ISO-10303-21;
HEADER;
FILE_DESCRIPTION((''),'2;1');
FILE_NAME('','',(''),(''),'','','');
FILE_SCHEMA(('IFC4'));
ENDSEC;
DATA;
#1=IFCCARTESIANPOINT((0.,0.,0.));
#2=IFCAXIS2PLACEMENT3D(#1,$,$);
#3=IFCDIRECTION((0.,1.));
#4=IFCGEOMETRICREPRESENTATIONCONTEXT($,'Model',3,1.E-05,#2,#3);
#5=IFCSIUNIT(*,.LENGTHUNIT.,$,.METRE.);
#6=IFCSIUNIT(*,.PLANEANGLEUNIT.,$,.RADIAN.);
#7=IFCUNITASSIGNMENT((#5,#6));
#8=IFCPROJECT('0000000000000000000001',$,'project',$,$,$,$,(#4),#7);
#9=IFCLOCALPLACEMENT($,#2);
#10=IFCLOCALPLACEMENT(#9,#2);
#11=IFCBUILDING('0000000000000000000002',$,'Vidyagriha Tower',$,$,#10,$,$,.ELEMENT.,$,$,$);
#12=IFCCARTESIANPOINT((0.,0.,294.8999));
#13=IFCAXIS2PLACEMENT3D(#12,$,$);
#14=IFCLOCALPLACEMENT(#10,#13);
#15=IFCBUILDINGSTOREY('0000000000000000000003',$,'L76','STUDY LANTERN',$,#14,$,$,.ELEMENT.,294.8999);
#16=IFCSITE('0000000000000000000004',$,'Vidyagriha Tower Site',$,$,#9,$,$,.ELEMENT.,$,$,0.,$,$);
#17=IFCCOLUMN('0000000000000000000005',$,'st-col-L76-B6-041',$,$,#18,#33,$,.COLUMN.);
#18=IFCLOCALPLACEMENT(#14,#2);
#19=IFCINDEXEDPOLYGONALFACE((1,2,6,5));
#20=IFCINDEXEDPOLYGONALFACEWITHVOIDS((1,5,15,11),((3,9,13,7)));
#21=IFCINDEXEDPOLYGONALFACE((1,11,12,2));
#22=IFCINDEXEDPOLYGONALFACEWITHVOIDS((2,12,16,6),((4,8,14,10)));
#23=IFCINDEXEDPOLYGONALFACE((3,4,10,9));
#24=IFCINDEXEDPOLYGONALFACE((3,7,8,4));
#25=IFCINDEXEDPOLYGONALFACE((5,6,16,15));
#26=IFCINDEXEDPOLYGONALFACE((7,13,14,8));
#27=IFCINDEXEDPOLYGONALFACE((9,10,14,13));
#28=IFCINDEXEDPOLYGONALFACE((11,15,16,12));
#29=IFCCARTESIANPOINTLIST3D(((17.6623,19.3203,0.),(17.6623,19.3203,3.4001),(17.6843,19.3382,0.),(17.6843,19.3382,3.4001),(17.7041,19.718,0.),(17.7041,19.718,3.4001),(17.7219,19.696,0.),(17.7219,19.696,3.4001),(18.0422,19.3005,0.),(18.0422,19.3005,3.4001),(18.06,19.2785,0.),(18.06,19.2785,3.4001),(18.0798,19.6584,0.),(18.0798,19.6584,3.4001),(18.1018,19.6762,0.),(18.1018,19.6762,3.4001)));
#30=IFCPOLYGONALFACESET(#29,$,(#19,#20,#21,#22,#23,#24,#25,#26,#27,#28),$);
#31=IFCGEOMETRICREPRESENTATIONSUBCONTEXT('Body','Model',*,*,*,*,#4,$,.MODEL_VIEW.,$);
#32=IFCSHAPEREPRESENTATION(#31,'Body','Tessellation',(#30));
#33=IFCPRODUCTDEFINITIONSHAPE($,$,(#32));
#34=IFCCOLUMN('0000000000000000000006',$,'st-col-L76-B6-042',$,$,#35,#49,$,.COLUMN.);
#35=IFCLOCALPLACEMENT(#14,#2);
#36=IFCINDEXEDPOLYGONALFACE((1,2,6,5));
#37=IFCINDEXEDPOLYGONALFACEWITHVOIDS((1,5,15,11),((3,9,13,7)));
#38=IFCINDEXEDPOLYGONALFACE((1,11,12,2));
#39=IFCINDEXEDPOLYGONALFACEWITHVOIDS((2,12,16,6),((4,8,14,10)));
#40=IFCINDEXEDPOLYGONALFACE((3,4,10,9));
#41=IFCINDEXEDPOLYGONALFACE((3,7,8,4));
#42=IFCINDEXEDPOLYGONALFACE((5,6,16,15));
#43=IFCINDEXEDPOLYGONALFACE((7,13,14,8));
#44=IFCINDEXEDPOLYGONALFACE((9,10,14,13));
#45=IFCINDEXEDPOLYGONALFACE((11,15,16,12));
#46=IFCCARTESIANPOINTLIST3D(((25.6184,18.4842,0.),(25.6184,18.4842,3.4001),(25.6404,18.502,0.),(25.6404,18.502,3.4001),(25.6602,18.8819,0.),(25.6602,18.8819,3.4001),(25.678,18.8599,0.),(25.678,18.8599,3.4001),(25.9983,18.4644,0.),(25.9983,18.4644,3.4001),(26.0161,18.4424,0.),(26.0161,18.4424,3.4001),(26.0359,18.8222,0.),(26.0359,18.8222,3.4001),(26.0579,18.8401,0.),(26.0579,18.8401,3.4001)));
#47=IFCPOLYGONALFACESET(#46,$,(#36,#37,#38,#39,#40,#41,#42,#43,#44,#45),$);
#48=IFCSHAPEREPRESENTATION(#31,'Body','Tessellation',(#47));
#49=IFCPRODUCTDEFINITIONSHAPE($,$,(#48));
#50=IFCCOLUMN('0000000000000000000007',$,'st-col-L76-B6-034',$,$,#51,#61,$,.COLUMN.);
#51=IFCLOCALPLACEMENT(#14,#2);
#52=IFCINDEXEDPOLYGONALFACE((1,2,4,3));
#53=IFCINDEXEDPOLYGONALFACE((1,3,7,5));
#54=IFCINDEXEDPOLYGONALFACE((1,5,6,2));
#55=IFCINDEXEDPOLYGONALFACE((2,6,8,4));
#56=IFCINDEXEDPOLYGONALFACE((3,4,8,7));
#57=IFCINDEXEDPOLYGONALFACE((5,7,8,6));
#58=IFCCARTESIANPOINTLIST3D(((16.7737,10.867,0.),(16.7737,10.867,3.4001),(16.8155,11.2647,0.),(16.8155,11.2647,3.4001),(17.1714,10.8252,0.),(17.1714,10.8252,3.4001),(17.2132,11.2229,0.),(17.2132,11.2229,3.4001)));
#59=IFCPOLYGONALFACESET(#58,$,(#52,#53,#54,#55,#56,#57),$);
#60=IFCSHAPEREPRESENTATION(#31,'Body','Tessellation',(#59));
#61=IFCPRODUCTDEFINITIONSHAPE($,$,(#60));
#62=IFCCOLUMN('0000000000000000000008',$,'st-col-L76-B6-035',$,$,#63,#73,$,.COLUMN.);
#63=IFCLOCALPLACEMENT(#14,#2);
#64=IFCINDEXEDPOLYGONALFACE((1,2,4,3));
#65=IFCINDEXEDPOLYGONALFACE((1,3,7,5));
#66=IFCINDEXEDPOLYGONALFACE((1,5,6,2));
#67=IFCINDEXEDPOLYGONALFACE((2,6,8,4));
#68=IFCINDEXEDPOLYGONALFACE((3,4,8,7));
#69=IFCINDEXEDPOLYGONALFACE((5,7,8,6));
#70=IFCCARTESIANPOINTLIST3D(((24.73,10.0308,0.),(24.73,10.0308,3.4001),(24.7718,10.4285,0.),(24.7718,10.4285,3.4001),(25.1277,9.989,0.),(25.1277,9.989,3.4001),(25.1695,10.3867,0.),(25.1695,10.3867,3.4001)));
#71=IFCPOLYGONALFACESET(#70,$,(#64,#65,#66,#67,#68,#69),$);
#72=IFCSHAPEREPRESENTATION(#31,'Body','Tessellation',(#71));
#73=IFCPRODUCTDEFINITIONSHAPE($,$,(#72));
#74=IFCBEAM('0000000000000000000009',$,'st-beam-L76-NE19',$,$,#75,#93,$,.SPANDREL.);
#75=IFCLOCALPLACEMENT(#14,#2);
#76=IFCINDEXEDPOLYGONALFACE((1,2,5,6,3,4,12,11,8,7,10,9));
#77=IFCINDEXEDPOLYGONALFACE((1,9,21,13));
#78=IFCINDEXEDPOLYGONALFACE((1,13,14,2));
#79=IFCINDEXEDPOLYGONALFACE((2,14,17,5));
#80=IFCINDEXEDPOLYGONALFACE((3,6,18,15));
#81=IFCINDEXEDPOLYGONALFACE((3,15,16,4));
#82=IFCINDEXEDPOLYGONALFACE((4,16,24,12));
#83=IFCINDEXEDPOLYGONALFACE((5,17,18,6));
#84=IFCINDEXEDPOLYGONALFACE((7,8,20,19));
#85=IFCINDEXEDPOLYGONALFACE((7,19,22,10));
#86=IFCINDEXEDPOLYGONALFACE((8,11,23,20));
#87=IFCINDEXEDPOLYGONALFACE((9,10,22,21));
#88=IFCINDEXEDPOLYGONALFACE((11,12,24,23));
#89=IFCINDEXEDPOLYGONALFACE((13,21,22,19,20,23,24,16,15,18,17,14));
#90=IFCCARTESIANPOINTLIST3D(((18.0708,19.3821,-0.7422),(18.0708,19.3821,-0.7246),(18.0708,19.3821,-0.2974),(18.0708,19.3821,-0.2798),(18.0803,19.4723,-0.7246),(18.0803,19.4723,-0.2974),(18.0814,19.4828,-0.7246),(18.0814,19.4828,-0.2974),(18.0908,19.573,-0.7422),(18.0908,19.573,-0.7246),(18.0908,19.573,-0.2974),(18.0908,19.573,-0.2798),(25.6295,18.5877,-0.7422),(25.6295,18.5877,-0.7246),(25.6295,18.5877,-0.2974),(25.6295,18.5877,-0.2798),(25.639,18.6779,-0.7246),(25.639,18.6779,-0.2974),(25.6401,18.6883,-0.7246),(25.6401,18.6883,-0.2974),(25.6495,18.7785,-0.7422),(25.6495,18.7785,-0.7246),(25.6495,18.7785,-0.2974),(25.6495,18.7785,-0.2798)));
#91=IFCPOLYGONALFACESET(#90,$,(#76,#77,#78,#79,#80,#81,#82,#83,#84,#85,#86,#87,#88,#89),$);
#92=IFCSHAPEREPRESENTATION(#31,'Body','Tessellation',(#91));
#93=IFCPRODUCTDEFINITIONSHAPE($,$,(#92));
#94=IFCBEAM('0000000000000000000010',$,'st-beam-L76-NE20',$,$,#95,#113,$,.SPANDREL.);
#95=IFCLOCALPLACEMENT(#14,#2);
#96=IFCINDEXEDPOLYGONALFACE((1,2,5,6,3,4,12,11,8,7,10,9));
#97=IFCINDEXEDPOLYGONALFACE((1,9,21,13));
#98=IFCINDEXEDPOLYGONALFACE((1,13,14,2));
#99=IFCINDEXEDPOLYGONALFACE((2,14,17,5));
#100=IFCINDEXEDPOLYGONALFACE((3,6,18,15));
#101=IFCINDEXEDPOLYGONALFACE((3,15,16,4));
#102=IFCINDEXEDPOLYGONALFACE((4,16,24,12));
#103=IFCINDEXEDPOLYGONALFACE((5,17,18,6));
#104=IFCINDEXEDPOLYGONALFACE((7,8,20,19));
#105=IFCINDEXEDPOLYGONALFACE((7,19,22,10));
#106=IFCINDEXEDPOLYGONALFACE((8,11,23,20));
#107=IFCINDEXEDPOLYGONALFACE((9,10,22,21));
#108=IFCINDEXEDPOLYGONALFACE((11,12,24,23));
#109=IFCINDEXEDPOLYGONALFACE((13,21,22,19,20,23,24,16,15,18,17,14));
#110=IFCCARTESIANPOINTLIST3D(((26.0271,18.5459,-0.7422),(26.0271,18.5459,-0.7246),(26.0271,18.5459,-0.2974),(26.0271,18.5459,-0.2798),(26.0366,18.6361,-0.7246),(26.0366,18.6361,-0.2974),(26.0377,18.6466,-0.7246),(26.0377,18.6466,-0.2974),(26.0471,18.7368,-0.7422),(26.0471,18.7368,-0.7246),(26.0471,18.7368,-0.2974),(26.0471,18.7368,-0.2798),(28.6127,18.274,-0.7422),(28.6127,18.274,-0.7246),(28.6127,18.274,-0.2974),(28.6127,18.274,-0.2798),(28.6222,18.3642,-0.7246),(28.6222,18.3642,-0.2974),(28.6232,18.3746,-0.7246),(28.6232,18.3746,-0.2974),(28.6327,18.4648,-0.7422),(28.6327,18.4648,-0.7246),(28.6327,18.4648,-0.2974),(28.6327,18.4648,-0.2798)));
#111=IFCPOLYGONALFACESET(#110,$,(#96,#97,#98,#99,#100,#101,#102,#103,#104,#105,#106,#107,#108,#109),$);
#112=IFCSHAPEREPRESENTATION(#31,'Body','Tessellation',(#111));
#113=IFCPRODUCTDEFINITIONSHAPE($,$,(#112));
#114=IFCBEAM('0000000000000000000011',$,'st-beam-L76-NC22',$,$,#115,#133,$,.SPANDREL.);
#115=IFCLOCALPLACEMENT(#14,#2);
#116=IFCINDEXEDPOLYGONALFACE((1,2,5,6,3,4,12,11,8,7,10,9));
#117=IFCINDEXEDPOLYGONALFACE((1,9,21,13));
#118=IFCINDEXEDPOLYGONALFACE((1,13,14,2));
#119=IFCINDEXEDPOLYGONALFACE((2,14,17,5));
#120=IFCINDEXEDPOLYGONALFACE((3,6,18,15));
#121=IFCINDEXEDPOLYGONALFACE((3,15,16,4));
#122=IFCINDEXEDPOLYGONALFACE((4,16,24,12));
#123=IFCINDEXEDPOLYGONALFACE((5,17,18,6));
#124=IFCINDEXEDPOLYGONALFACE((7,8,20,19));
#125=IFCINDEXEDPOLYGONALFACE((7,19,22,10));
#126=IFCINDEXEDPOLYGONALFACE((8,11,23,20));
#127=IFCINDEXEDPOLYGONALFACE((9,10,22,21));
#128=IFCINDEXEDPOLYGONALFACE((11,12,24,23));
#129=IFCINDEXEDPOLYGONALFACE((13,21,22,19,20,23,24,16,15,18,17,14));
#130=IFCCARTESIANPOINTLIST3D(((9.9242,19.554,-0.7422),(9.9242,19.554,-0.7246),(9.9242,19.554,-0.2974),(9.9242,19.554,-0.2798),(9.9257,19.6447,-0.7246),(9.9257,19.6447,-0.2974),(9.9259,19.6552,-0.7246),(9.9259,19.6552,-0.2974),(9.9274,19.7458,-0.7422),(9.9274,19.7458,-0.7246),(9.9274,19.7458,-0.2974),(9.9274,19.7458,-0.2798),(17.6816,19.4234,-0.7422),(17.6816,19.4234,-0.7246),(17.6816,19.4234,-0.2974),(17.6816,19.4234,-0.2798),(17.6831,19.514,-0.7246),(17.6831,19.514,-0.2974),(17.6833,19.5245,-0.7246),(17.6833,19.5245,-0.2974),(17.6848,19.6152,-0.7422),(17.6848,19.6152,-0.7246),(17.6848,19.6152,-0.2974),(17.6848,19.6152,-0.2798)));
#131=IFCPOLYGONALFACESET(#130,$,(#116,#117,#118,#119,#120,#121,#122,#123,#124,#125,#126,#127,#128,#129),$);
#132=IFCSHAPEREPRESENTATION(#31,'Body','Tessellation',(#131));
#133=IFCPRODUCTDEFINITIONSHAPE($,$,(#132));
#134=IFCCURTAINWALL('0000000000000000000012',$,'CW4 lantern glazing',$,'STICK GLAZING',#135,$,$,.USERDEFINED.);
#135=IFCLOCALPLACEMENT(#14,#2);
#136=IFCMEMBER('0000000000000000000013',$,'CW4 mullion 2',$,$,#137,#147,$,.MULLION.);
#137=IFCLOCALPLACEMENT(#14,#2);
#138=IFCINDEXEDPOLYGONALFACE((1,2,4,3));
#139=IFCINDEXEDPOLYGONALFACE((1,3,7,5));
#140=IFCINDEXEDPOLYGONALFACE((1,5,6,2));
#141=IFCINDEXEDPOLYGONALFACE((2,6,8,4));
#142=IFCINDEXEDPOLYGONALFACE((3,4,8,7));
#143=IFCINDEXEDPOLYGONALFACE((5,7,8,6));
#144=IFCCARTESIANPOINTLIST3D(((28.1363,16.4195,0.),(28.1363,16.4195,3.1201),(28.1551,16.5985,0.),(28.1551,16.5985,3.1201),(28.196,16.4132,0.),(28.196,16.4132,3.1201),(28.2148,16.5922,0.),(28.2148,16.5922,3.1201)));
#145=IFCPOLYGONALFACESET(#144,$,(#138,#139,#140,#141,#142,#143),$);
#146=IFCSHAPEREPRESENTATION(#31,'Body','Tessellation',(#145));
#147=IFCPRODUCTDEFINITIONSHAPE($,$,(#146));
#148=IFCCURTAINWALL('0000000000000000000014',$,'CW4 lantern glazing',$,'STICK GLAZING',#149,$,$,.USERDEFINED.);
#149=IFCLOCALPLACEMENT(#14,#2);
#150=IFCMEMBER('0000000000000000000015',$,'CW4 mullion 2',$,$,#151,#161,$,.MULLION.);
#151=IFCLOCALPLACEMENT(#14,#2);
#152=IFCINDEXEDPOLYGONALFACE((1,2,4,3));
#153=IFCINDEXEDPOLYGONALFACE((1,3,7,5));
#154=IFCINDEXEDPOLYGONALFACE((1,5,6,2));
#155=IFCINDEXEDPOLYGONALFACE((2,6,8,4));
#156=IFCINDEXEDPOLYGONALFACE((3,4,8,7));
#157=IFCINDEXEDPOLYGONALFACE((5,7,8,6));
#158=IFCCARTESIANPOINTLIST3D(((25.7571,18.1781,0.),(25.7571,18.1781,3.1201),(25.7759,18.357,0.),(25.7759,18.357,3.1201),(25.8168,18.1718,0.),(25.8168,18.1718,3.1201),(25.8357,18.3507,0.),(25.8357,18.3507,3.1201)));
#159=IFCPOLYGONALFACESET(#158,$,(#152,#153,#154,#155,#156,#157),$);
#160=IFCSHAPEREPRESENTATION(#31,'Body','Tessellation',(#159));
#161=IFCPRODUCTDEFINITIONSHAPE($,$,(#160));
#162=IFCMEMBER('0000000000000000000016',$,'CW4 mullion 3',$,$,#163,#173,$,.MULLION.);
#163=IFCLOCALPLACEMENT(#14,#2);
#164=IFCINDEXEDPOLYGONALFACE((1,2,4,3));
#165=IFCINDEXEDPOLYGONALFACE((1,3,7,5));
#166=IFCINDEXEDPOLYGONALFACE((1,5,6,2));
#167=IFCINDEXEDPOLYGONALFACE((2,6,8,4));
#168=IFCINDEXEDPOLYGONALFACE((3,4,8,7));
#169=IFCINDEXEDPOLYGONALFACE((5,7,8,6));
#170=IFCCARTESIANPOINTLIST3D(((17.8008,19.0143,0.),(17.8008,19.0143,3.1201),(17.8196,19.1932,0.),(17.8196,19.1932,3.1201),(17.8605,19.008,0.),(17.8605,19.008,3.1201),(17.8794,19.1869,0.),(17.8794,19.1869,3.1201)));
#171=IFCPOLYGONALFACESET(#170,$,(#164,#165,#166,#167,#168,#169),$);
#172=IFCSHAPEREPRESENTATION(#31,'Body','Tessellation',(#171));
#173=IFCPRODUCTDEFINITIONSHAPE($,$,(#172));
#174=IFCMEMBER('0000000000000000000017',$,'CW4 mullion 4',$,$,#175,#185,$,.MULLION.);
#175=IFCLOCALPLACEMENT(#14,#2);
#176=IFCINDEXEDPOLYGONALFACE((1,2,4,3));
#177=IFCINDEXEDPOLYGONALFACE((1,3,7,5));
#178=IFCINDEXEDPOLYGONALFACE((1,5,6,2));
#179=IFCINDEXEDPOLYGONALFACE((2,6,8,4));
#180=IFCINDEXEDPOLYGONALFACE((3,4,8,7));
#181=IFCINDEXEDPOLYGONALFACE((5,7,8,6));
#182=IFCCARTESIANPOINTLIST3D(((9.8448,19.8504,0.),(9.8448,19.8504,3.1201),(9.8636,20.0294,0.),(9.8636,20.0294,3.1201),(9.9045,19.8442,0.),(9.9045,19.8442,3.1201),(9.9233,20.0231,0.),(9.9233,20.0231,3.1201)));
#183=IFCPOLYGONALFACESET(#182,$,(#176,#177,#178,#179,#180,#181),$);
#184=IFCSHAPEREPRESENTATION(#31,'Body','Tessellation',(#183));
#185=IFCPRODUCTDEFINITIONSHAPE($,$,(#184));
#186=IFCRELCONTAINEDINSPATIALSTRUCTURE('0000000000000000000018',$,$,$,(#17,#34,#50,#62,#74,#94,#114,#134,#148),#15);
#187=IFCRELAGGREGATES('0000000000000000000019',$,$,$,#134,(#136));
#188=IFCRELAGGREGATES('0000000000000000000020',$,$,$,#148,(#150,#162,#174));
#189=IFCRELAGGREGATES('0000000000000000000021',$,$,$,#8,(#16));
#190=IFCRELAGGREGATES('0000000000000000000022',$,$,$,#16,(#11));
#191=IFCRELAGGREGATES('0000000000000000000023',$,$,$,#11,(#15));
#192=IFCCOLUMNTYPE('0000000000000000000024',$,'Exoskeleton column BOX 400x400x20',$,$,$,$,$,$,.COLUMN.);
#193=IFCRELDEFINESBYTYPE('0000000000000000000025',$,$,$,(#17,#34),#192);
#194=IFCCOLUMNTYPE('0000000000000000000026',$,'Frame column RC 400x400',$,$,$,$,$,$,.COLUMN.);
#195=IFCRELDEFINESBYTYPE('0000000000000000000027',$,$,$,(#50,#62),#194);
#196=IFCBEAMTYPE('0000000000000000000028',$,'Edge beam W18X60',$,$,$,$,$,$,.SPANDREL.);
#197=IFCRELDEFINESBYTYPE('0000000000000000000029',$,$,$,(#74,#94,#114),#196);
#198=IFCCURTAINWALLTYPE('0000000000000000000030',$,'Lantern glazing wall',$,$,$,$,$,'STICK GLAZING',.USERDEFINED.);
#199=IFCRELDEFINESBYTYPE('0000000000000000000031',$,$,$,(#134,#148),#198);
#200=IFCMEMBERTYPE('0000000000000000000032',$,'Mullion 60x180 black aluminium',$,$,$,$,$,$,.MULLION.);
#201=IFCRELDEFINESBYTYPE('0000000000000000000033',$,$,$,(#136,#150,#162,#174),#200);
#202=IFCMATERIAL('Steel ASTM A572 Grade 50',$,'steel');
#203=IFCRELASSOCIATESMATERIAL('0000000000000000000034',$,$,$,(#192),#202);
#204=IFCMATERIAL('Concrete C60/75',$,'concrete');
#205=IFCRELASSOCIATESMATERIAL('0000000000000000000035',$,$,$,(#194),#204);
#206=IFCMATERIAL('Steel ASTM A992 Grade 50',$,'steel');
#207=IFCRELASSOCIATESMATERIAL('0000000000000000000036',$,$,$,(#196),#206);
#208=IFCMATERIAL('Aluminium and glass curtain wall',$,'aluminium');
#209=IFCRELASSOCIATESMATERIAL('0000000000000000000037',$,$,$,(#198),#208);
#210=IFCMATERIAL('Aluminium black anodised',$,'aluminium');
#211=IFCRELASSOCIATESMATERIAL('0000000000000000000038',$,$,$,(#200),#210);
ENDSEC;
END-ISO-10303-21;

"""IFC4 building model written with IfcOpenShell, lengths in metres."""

from ifc_helpers import new_model, si_unit, direction, frame, origin, origin_2d, place, context, subcontext, project, spatial, rectangle, hollow_rectangle, i_section, extrude, material, material_profile, profile_set, type_object, element, aggregate, save


model = new_model("IFC4")

# Units and contexts
model_context = context("Model", 3, precision=1e-05, world=origin(), true_north=direction((0.0, 1.0)))
body_context = subcontext(model_context, "Body", "Model", "MODEL_VIEW")
ifc_project = project(units=[si_unit("LENGTHUNIT", "METRE"), si_unit("PLANEANGLEUNIT", "RADIAN")], contexts=[model_context])

# Site, building, storey
site_placement = place(None, origin())
site = spatial("IfcSite", under=ifc_project, at=site_placement, Name="Vidyagriha Tower Site", CompositionType="ELEMENT", RefElevation=0.0)
building_placement = place(site_placement, origin())
building = spatial("IfcBuilding", under=site, at=building_placement, Name="Vidyagriha Tower", CompositionType="ELEMENT")
storey_placement = place(building_placement, frame((0.0, 0.0, 294.8999)))
storey = spatial("IfcBuildingStorey", under=building, at=storey_placement, Name="L76", Description="STUDY LANTERN", CompositionType="ELEMENT", Elevation=294.8999)

# Columns
ifc_material_1 = material(Name="Steel ASTM A572 Grade 50", Category="steel")
ifc_material_profile_1 = material_profile(ifc_material_1, hollow_rectangle(XDim=0.3999, YDim=0.3999, WallThickness=0.02, at=origin_2d()), Name="BOX 400x400x20")
ifc_profile_set_1 = profile_set([ifc_material_profile_1], Name="Steel ASTM A572 Grade 50")
column_type_1 = type_object("IfcColumnType", Name="Exoskeleton column BOX 400x400x20", PredefinedType="COLUMN", material=ifc_profile_set_1)
for number, where, z_axis, x_axis, name in (
    (1, (17.8821, 19.4983, 0.0), (0.0, 0.0, 1.0), (0.994522, -0.104528, 0.0), "st-col-L76-B6-041"),
    (2, (25.8381, 18.6621, 0.0), (0.0, 0.0, 1.0), (0.994522, -0.104528, 0.0), "st-col-L76-B6-042"),
):
    element("IfcColumn", number, at=place(storey_placement, frame(where, z_axis=z_axis, x_axis=x_axis)), inside=storey, type_object=column_type_1, Name=name, PredefinedType="COLUMN", context=body_context, shape_type="SweptSolid", body=[
        extrude(hollow_rectangle(XDim=0.3999, YDim=0.3999, WallThickness=0.02, at=origin_2d()), origin(), (0.0, 0.0, 1.0), 3.4001),
    ])
ifc_material_2 = material(Name="Concrete C60/75", Category="concrete")
ifc_material_profile_2 = material_profile(ifc_material_2, rectangle(XDim=0.3999, YDim=0.3999, at=origin_2d()), Name="RC 400x400")
ifc_profile_set_2 = profile_set([ifc_material_profile_2], Name="Concrete C60/75")
column_type_2 = type_object("IfcColumnType", Name="Frame column RC 400x400", PredefinedType="COLUMN", material=ifc_profile_set_2)
for number, where, z_axis, x_axis, name in (
    (3, (16.9934, 11.0449, 0.0), (0.0, 0.0, 1.0), (0.994522, -0.104528, 0.0), "st-col-L76-B6-034"),
    (4, (24.9497, 10.2087, 0.0), (0.0, 0.0, 1.0), (0.994522, -0.104528, 0.0), "st-col-L76-B6-035"),
):
    element("IfcColumn", number, at=place(storey_placement, frame(where, z_axis=z_axis, x_axis=x_axis)), inside=storey, type_object=column_type_2, Name=name, PredefinedType="COLUMN", context=body_context, shape_type="SweptSolid", body=[
        extrude(rectangle(XDim=0.3999, YDim=0.3999, at=origin_2d()), origin(), (0.0, 0.0, 1.0), 3.4001),
    ])

# Beams
ifc_material_3 = material(Name="Steel ASTM A992 Grade 50", Category="steel")
ifc_material_profile_3 = material_profile(ifc_material_3, i_section(OverallWidth=0.1919, OverallDepth=0.4624, WebThickness=0.0105, FlangeThickness=0.0176, at=origin_2d()), Name="W18X60")
ifc_profile_set_3 = profile_set([ifc_material_profile_3], Name="Steel ASTM A992 Grade 50")
beam_type = type_object("IfcBeamType", Name="Edge beam W18X60", PredefinedType="SPANDREL", material=ifc_profile_set_3)
beam_1_placement = place(storey_placement, frame((18.0808, 19.4775, -0.511), z_axis=(0.994522, -0.104528, 0.0), x_axis=(0.104528, 0.994522, 0.0)))
element("IfcBeam", 5, at=beam_1_placement, inside=storey, type_object=beam_type, Name="st-beam-L76-NE19", PredefinedType="SPANDREL", context=body_context, shape_type="SweptSolid", body=[
    extrude(i_section(OverallWidth=0.1919, OverallDepth=0.4624, WebThickness=0.0105, FlangeThickness=0.0176, at=origin_2d()), origin(), (0.0, 0.0, 1.0), 7.6003),
])
beam_2_placement = place(storey_placement, frame((26.0371, 18.6414, -0.511), z_axis=(0.994514, -0.104607, 0.0), x_axis=(0.104607, 0.994514, 0.0)))
element("IfcBeam", 6, at=beam_2_placement, inside=storey, type_object=beam_type, Name="st-beam-L76-NE20", PredefinedType="SPANDREL", context=body_context, shape_type="SweptSolid", body=[
    extrude(i_section(OverallWidth=0.1919, OverallDepth=0.4624, WebThickness=0.0105, FlangeThickness=0.0176, at=origin_2d()), origin(), (0.0, 0.0, 1.0), 2.5999),
])
beam_3_placement = place(storey_placement, frame((9.9258, 19.6499, -0.511), z_axis=(0.999858, -0.016835, 0.0), x_axis=(0.016835, 0.999858, 0.0)))
element("IfcBeam", 7, at=beam_3_placement, inside=storey, type_object=beam_type, Name="st-beam-L76-NC22", PredefinedType="SPANDREL", context=body_context, shape_type="SweptSolid", body=[
    extrude(i_section(OverallWidth=0.1919, OverallDepth=0.4624, WebThickness=0.0105, FlangeThickness=0.0176, at=origin_2d()), origin(), (0.0, 0.0, 1.0), 7.7585),
])

# Curtain wall, member
ifc_material_4 = material(Name="Aluminium and glass curtain wall", Category="aluminium")
curtain_wall_type = type_object("IfcCurtainWallType", Name="Lantern glazing wall", ElementType="STICK GLAZING", PredefinedType="USERDEFINED", material=ifc_material_4)
curtain_wall_1_placement = place(storey_placement, origin())
curtain_wall_1 = element("IfcCurtainWall", 8, at=curtain_wall_1_placement, inside=storey, type_object=curtain_wall_type, Name="CW4 lantern glazing", ObjectType="STICK GLAZING", PredefinedType="USERDEFINED")
ifc_material_5 = material(Name="Aluminium black anodised", Category="aluminium")
ifc_material_profile_4 = material_profile(ifc_material_5, rectangle(XDim=0.1799, YDim=0.0601, at=origin_2d()), Name="Mullion 60x180 black aluminium")
ifc_profile_set_4 = profile_set([ifc_material_profile_4], Name="Aluminium black anodised")
member_type_1 = type_object("IfcMemberType", Name="Mullion 60x180 black aluminium", PredefinedType="MULLION", material=ifc_profile_set_4)
member_1_placement = place(storey_placement, frame((28.1755, 16.5059, 0.0), z_axis=(0.0, 0.0, 1.0), x_axis=(-0.104519, -0.994523, 0.0)))
member_1 = element("IfcMember", 9, at=member_1_placement, type_object=member_type_1, Name="CW4 mullion 2", PredefinedType="MULLION", context=body_context, shape_type="SweptSolid", body=[
    extrude(rectangle(XDim=0.1799, YDim=0.0601, at=origin_2d()), origin(), (0.0, 0.0, 1.0), 3.1201),
])
aggregate(curtain_wall_1, [member_1])

# Curtain wall, members
curtain_wall_2_placement = place(storey_placement, origin())
curtain_wall_2 = element("IfcCurtainWall", 10, at=curtain_wall_2_placement, inside=storey, type_object=curtain_wall_type, Name="CW4 lantern glazing", ObjectType="STICK GLAZING", PredefinedType="USERDEFINED")
member_2_placement = place(storey_placement, frame((25.7964, 18.2644, 0.0), z_axis=(0.0, 0.0, 1.0), x_axis=(-0.104528, -0.994522, 0.0)))
member_2 = element("IfcMember", 11, at=member_2_placement, type_object=member_type_1, Name="CW4 mullion 2", PredefinedType="MULLION", context=body_context, shape_type="SweptSolid", body=[
    extrude(rectangle(XDim=0.1799, YDim=0.0601, at=origin_2d()), origin(), (0.0, 0.0, 1.0), 3.1201),
])
member_3_placement = place(storey_placement, frame((17.8401, 19.1006, 0.0), z_axis=(0.0, 0.0, 1.0), x_axis=(-0.104528, -0.994522, 0.0)))
member_3 = element("IfcMember", 12, at=member_3_placement, type_object=member_type_1, Name="CW4 mullion 3", PredefinedType="MULLION", context=body_context, shape_type="SweptSolid", body=[
    extrude(rectangle(XDim=0.1799, YDim=0.0601, at=origin_2d()), origin(), (0.0, 0.0, 1.0), 3.1201),
])
member_4_placement = place(storey_placement, frame((9.884, 19.9368, 0.0), z_axis=(0.0, 0.0, 1.0), x_axis=(-0.104528, -0.994522, 0.0)))
member_4 = element("IfcMember", 13, at=member_4_placement, type_object=member_type_1, Name="CW4 mullion 4", PredefinedType="MULLION", context=body_context, shape_type="SweptSolid", body=[
    extrude(rectangle(XDim=0.1799, YDim=0.0601, at=origin_2d()), origin(), (0.0, 0.0, 1.0), 3.1201),
])
aggregate(curtain_wall_2, [member_2, member_3, member_4])

save(model, "model.ifc")
